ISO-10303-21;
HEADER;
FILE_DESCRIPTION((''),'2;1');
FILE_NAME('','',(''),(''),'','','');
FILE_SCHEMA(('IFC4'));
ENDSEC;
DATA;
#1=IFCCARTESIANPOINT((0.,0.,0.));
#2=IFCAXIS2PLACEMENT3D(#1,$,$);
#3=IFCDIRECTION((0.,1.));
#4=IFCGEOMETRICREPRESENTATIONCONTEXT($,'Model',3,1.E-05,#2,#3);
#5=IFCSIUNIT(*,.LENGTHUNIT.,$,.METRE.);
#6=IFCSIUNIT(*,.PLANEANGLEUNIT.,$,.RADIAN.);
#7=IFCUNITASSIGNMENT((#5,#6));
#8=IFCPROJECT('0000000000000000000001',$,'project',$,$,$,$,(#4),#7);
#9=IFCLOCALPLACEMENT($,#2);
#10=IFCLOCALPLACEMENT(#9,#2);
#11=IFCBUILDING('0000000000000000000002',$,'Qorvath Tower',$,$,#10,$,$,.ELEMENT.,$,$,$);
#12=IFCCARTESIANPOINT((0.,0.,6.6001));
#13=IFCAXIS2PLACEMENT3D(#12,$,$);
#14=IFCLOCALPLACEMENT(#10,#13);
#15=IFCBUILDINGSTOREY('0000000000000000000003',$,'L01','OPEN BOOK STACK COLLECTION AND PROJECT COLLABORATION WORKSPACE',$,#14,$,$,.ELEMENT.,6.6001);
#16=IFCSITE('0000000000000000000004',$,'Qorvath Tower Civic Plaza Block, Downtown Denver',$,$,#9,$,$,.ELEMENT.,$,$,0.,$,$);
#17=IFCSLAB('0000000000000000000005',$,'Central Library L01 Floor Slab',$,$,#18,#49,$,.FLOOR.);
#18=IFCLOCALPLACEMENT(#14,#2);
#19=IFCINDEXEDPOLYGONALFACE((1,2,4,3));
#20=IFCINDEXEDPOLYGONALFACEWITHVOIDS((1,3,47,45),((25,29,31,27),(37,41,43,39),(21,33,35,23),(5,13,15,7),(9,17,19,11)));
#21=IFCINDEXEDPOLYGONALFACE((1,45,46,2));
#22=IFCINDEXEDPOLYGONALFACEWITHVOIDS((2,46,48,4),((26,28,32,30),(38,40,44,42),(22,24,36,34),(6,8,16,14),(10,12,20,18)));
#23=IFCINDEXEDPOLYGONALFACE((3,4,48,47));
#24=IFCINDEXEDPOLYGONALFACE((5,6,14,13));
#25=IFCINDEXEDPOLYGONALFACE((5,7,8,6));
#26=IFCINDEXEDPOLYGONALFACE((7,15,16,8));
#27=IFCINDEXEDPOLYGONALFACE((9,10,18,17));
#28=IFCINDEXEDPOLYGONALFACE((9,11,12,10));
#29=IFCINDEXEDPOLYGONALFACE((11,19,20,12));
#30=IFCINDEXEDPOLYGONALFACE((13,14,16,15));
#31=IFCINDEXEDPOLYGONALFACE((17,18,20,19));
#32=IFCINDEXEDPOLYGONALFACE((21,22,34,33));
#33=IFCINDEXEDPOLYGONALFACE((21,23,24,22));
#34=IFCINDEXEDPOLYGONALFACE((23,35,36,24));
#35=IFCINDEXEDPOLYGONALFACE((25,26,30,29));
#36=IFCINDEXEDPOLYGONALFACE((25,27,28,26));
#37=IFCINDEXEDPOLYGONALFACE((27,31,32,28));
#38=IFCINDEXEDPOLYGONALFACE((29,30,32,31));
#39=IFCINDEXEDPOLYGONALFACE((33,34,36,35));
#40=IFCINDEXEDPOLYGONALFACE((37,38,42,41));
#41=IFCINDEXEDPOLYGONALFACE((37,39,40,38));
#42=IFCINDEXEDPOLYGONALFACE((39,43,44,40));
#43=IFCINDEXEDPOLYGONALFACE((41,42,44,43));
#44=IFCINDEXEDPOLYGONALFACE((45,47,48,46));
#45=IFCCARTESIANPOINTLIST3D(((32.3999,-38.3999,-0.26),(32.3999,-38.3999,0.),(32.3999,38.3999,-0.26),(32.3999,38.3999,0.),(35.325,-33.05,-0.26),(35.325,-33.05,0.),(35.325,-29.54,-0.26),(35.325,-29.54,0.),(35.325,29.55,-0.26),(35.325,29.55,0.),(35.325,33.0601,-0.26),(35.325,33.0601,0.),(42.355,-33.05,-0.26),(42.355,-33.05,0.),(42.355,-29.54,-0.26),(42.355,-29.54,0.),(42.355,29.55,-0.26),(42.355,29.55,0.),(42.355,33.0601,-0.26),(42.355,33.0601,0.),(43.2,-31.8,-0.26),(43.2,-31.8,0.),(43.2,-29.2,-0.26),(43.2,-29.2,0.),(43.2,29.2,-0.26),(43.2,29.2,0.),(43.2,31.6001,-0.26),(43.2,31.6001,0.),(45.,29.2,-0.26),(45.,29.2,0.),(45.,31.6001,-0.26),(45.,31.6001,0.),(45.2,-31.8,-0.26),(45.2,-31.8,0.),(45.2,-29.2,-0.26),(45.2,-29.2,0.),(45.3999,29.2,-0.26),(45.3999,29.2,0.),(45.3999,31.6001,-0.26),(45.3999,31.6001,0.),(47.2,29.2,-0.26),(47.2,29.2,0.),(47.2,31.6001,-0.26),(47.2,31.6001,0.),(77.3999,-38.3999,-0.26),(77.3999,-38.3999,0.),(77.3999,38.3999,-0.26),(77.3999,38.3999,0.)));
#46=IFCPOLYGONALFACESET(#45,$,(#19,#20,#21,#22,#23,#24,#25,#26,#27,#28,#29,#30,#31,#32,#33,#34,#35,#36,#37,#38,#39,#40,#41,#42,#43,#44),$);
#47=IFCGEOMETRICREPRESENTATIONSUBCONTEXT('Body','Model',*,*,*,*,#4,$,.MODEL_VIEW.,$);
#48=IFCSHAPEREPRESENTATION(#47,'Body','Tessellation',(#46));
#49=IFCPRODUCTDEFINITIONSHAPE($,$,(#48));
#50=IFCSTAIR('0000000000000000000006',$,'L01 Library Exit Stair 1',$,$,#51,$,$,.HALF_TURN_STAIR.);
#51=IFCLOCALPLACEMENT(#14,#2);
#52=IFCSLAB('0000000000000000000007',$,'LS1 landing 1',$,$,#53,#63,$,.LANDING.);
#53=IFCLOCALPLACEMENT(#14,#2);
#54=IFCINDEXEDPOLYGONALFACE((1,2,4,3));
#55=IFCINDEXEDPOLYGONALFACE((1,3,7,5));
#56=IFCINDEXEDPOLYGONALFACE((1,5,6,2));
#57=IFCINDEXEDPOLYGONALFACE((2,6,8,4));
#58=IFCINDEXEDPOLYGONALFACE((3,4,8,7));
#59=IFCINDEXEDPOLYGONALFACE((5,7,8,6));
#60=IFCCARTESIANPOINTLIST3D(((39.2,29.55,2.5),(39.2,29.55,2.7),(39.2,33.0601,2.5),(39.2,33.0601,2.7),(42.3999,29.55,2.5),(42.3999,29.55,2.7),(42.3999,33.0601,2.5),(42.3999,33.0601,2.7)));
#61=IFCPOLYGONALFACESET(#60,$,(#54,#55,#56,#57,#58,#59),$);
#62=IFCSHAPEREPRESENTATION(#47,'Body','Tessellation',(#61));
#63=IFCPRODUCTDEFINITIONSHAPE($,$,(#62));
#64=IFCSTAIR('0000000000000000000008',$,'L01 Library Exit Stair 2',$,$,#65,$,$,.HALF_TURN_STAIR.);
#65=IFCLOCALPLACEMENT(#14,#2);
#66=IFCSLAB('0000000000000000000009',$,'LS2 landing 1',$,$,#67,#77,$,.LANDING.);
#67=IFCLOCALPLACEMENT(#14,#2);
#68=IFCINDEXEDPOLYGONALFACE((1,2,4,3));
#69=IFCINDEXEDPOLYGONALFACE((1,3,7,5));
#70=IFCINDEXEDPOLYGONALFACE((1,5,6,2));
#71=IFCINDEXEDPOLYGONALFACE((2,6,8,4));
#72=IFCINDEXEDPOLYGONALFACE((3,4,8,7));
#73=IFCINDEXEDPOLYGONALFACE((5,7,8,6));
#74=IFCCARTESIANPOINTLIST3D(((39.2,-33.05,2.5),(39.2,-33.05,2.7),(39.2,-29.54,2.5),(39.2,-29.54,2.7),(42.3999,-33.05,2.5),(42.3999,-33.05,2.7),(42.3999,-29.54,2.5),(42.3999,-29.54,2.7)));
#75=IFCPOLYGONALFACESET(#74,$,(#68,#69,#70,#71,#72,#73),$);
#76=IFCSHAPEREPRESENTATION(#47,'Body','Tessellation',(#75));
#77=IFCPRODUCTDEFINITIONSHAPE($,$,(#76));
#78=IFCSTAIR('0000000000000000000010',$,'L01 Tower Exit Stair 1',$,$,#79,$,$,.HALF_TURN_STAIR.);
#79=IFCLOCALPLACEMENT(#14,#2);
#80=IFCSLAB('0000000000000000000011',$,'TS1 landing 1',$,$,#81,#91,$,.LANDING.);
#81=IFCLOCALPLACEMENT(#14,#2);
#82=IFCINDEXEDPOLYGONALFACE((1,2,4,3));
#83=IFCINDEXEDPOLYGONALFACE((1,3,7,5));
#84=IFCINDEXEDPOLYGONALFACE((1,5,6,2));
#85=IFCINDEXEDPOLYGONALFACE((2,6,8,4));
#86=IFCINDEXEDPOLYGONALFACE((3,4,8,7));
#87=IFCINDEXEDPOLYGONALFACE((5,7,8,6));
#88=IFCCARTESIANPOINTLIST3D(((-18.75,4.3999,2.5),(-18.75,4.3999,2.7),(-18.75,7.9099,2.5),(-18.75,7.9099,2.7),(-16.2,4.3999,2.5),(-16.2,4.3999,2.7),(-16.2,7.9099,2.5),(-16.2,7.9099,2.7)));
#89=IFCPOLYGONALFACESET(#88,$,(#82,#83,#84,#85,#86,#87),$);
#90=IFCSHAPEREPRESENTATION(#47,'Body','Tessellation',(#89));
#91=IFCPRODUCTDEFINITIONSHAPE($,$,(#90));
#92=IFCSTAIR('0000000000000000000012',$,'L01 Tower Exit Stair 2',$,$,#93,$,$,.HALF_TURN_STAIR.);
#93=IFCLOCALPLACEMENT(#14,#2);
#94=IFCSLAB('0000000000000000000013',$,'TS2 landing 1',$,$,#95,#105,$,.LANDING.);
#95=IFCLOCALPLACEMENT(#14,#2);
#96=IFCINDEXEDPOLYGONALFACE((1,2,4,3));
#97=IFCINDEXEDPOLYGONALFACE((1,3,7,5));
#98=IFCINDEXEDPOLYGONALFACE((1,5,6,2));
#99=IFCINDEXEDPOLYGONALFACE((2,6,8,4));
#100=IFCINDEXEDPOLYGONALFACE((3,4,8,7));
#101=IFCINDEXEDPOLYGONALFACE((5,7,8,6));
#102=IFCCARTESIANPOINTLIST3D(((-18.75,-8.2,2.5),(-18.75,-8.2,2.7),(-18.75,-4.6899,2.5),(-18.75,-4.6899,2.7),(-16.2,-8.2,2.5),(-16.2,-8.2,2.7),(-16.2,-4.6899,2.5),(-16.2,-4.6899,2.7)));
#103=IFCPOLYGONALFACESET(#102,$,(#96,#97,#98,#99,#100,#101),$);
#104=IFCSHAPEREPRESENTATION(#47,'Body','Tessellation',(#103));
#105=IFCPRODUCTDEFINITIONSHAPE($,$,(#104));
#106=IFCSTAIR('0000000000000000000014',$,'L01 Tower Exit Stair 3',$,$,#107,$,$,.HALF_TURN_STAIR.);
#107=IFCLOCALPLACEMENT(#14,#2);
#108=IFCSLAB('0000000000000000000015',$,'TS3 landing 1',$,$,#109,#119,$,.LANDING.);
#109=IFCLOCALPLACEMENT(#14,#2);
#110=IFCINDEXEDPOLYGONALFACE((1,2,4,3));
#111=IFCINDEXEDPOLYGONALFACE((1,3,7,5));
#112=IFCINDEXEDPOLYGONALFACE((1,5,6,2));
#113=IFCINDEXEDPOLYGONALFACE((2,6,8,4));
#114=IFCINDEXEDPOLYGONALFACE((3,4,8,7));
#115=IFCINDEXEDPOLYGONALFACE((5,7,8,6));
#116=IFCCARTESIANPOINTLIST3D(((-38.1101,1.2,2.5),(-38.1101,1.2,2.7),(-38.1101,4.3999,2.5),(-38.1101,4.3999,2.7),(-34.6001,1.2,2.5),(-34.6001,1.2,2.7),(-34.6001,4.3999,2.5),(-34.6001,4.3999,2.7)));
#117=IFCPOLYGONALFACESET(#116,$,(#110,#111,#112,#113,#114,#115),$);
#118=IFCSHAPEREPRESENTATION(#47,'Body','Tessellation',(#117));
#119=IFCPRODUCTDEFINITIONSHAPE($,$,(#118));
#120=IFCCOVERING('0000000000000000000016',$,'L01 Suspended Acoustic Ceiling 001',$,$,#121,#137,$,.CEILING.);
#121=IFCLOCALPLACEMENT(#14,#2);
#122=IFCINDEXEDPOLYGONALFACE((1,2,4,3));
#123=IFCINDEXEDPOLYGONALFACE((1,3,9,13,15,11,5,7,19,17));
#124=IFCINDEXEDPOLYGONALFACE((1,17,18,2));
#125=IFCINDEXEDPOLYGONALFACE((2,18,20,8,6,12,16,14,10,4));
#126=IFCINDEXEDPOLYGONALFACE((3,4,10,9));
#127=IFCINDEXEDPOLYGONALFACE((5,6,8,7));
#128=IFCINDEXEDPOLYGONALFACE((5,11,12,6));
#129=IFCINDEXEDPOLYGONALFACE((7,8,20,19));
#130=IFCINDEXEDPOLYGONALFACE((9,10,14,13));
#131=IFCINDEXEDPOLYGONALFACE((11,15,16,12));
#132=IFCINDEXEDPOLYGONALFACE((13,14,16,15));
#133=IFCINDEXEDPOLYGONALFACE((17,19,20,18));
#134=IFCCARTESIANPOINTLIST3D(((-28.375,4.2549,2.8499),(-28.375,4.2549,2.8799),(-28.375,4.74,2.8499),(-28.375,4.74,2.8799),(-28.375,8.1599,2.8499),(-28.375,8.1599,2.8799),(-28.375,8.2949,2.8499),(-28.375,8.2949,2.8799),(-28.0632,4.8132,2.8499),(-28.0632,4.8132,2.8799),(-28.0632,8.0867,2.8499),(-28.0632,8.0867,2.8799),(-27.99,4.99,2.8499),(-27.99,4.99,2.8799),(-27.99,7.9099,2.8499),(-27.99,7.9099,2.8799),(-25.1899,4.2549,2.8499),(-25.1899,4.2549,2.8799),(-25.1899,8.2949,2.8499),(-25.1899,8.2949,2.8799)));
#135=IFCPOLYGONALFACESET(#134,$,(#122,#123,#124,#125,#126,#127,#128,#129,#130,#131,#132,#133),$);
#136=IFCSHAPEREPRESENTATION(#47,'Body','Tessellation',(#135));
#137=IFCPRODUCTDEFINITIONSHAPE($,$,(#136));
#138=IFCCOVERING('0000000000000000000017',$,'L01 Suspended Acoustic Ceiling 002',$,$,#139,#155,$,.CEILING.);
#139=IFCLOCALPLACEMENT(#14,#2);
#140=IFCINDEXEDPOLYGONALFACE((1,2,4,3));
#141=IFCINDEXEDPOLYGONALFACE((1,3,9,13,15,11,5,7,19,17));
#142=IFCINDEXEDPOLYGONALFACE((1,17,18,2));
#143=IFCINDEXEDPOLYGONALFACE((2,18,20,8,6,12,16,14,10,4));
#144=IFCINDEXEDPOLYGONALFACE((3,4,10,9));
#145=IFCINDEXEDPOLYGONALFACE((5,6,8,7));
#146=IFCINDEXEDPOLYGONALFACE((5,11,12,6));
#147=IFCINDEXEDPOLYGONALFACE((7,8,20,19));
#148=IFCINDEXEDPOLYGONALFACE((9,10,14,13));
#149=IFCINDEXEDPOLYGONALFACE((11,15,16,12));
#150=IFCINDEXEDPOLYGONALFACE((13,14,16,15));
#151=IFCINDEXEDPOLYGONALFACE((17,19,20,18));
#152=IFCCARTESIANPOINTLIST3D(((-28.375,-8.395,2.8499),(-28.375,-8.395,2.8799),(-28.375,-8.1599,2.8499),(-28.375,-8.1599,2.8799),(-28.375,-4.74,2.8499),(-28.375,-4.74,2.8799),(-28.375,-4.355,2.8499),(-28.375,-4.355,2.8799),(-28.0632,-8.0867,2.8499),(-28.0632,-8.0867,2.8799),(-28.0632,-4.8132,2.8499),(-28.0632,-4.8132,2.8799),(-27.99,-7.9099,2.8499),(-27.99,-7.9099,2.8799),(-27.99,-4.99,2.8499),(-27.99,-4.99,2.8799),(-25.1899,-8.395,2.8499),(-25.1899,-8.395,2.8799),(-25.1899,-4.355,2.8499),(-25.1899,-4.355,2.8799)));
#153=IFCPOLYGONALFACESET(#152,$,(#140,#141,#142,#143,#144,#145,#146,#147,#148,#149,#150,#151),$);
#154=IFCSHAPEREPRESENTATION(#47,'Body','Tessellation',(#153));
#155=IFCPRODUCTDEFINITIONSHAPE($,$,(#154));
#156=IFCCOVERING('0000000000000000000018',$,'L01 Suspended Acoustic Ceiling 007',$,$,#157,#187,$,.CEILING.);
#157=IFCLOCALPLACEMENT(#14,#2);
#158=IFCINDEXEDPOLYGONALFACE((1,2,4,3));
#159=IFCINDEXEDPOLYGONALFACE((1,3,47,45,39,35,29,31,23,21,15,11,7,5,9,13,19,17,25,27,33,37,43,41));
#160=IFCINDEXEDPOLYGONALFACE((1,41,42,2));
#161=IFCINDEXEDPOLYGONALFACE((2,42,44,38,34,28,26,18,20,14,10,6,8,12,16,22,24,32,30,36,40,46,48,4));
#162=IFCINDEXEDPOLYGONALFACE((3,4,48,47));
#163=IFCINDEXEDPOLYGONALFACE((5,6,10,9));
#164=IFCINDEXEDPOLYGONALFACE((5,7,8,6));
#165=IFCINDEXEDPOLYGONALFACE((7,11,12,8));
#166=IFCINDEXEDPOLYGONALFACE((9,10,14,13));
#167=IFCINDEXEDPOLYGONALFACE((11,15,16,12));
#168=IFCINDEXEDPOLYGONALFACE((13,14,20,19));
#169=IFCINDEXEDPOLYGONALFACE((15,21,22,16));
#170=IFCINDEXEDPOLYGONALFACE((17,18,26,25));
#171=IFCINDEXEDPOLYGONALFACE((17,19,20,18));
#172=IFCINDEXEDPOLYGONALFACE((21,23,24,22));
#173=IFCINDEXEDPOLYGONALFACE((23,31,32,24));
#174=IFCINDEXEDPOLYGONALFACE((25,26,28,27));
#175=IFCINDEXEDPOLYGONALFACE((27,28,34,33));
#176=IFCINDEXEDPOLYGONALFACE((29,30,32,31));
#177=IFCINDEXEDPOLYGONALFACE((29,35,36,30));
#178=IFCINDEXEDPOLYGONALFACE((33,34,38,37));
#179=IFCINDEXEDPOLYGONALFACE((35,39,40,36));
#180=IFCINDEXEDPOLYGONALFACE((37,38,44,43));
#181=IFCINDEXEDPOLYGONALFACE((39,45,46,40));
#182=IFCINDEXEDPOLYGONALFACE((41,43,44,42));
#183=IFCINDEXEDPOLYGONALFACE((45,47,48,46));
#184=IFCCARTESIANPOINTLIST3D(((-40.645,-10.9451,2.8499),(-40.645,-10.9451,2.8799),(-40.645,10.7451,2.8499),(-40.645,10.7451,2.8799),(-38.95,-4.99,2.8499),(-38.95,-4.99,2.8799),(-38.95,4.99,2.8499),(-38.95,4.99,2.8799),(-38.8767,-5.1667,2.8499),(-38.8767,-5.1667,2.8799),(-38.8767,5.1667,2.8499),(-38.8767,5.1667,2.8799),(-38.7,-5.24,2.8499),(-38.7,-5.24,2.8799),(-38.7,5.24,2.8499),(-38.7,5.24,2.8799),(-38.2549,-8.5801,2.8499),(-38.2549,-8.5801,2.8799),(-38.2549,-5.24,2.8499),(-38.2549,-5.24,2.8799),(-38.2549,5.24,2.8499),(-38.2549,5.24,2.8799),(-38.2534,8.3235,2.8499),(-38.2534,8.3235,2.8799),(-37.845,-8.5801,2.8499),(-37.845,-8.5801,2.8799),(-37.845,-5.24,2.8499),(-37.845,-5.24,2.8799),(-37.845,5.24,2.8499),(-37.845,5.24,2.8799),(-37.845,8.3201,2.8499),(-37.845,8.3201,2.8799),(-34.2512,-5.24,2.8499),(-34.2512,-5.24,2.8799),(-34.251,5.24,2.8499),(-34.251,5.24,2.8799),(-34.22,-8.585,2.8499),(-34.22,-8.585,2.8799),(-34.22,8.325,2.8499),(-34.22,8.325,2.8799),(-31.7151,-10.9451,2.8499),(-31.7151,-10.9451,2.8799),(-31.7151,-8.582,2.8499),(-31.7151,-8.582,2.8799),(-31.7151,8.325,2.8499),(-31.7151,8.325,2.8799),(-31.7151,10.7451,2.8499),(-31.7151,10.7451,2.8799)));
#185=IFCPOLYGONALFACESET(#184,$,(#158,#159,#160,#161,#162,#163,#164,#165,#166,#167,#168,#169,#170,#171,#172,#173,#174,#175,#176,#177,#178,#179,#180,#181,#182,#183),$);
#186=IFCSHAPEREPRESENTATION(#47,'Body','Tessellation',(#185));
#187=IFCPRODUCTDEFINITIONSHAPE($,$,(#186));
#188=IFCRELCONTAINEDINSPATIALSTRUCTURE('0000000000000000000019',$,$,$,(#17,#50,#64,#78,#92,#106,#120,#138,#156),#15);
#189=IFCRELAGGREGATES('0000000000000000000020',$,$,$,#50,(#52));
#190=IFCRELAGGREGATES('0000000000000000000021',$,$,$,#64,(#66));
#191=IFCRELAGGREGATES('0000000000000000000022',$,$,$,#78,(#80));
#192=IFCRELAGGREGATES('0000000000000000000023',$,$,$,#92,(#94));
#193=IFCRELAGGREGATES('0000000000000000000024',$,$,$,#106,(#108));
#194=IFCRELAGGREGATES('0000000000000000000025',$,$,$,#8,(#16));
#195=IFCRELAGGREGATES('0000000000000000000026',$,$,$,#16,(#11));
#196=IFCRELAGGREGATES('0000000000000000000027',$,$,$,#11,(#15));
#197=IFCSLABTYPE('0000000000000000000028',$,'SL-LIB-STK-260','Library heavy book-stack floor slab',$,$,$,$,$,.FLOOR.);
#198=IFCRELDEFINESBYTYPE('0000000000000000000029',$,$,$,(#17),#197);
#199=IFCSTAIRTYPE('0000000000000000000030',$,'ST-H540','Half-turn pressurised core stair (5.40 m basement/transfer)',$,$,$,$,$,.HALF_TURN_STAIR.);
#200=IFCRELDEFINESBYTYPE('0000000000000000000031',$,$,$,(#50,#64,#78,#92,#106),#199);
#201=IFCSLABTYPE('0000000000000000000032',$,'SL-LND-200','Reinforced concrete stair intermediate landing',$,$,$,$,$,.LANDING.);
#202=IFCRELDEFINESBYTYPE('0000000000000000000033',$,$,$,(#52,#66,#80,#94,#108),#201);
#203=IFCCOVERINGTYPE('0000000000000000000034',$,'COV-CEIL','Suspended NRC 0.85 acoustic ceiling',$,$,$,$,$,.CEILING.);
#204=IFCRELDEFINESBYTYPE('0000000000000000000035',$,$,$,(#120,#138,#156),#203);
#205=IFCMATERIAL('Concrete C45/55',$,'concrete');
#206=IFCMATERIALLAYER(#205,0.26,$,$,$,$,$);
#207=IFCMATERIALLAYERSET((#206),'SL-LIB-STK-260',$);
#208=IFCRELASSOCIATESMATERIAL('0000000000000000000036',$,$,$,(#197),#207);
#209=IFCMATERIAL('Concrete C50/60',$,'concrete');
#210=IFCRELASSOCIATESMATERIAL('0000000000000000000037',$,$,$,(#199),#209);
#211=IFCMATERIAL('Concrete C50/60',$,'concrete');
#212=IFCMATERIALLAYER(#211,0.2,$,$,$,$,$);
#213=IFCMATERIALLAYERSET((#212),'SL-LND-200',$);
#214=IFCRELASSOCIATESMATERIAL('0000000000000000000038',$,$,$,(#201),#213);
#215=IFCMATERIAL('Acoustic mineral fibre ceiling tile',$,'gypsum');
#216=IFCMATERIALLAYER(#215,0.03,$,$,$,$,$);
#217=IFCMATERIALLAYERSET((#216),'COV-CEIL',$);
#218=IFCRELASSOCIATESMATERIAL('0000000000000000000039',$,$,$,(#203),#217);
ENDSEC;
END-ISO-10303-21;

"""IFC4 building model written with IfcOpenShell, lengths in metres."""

from ifc_helpers import new_model, si_unit, direction, frame, origin, place, context, subcontext, project, spatial, polyline, outline, extrude, material, layer, layer_set, type_object, element, aggregate, save


model = new_model("IFC4")

# Units and contexts
model_context = context("Model", 3, precision=1e-05, world=origin(), true_north=direction((0.0, 1.0)))
body_context = subcontext(model_context, "Body", "Model", "MODEL_VIEW")
ifc_project = project(units=[si_unit("LENGTHUNIT", "METRE"), si_unit("PLANEANGLEUNIT", "RADIAN")], contexts=[model_context])

# Site, building, storey
site_placement = place(None, origin())
site = spatial("IfcSite", under=ifc_project, at=site_placement, Name="Qorvath Tower Civic Plaza Block, Downtown Denver", CompositionType="ELEMENT", RefElevation=0.0)
building_placement = place(site_placement, origin())
building = spatial("IfcBuilding", under=site, at=building_placement, Name="Qorvath Tower", CompositionType="ELEMENT")
storey_placement = place(building_placement, frame((0.0, 0.0, 6.6001)))
storey = spatial("IfcBuildingStorey", under=building, at=storey_placement, Name="L01", Description="OPEN BOOK STACK COLLECTION AND PROJECT COLLABORATION WORKSPACE", CompositionType="ELEMENT", Elevation=6.6001)

# Slab
ifc_material_1 = material(Name="Concrete C45/55", Category="concrete")
ifc_layer_1 = layer(ifc_material_1, 0.26)
ifc_layer_set_1 = layer_set([ifc_layer_1], Name="SL-LIB-STK-260")
slab_type_1 = type_object("IfcSlabType", Name="SL-LIB-STK-260", Description="Library heavy book-stack floor slab", PredefinedType="FLOOR", material=ifc_layer_set_1)
slab_1_placement = place(storey_placement, frame((0.0, 0.0, -0.26)))
element("IfcSlab", 1, at=slab_1_placement, inside=storey, type_object=slab_type_1, Name="Central Library L01 Floor Slab", PredefinedType="FLOOR", context=body_context, shape_type="SweptSolid", body=[
    extrude(outline(polyline([(77.3999, -38.3999), (77.3999, 38.3999), (32.3999, 38.3999), (32.3999, -38.3999), (77.3999, -38.3999)]), holes=[polyline([(47.2, 29.2), (45.3999, 29.2), (45.3999, 31.6001), (47.2, 31.6001), (47.2, 29.2)]), polyline([(45.2, -29.2), (45.2, -31.8), (43.2, -31.8), (43.2, -29.2), (45.2, -29.2)]), polyline([(45.0, 31.6001), (45.0, 29.2), (43.2, 29.2), (43.2, 31.6001), (45.0, 31.6001)]), polyline([(42.355, -29.54), (42.355, -33.05), (35.325, -33.05), (35.325, -29.54), (42.355, -29.54)]), polyline([(42.355, 29.55), (35.325, 29.55), (35.325, 33.0601), (42.355, 33.0601), (42.355, 29.55)])]), origin(), (0.0, 0.0, 1.0), 0.26),
])

# Stairs, slabs
ifc_material_2 = material(Name="Concrete C50/60", Category="concrete")
stair_type = type_object("IfcStairType", Name="ST-H540", Description="Half-turn pressurised core stair (5.40 m basement/transfer)", PredefinedType="HALF_TURN_STAIR", material=ifc_material_2)
stair_1_placement = place(storey_placement, origin())
stair_1 = element("IfcStair", 2, at=stair_1_placement, inside=storey, type_object=stair_type, Name="L01 Library Exit Stair 1", PredefinedType="HALF_TURN_STAIR")
ifc_material_3 = material(Name="Concrete C50/60", Category="concrete")
ifc_layer_2 = layer(ifc_material_3, 0.2)
ifc_layer_set_2 = layer_set([ifc_layer_2], Name="SL-LND-200")
slab_type_2 = type_object("IfcSlabType", Name="SL-LND-200", Description="Reinforced concrete stair intermediate landing", PredefinedType="LANDING", material=ifc_layer_set_2)
slab_2_placement = place(storey_placement, frame((0.0, 0.0, 2.5)))
slab_2 = element("IfcSlab", 3, at=slab_2_placement, type_object=slab_type_2, Name="LS1 landing 1", PredefinedType="LANDING", context=body_context, shape_type="SweptSolid", body=[
    extrude(outline(polyline([(39.2, 29.55), (42.3999, 29.55), (42.3999, 33.0601), (39.2, 33.0601), (39.2, 29.55)])), origin(), (0.0, 0.0, 1.0), 0.2),
])
aggregate(stair_1, [slab_2])
stair_2_placement = place(storey_placement, origin())
stair_2 = element("IfcStair", 4, at=stair_2_placement, inside=storey, type_object=stair_type, Name="L01 Library Exit Stair 2", PredefinedType="HALF_TURN_STAIR")
slab_3_placement = place(storey_placement, frame((0.0, 0.0, 2.5)))
slab_3 = element("IfcSlab", 5, at=slab_3_placement, type_object=slab_type_2, Name="LS2 landing 1", PredefinedType="LANDING", context=body_context, shape_type="SweptSolid", body=[
    extrude(outline(polyline([(39.2, -33.05), (42.3999, -33.05), (42.3999, -29.54), (39.2, -29.54), (39.2, -33.05)])), origin(), (0.0, 0.0, 1.0), 0.2),
])
aggregate(stair_2, [slab_3])
stair_3_placement = place(storey_placement, origin())
stair_3 = element("IfcStair", 6, at=stair_3_placement, inside=storey, type_object=stair_type, Name="L01 Tower Exit Stair 1", PredefinedType="HALF_TURN_STAIR")
slab_4_placement = place(storey_placement, frame((0.0, 0.0, 2.5)))
slab_4 = element("IfcSlab", 7, at=slab_4_placement, type_object=slab_type_2, Name="TS1 landing 1", PredefinedType="LANDING", context=body_context, shape_type="SweptSolid", body=[
    extrude(outline(polyline([(-18.75, 4.3999), (-16.2, 4.3999), (-16.2, 7.9099), (-18.75, 7.9099), (-18.75, 4.3999)])), origin(), (0.0, 0.0, 1.0), 0.2),
])
aggregate(stair_3, [slab_4])
stair_4_placement = place(storey_placement, origin())
stair_4 = element("IfcStair", 8, at=stair_4_placement, inside=storey, type_object=stair_type, Name="L01 Tower Exit Stair 2", PredefinedType="HALF_TURN_STAIR")
slab_5_placement = place(storey_placement, frame((0.0, 0.0, 2.5)))
slab_5 = element("IfcSlab", 9, at=slab_5_placement, type_object=slab_type_2, Name="TS2 landing 1", PredefinedType="LANDING", context=body_context, shape_type="SweptSolid", body=[
    extrude(outline(polyline([(-18.75, -8.2), (-16.2, -8.2), (-16.2, -4.6899), (-18.75, -4.6899), (-18.75, -8.2)])), origin(), (0.0, 0.0, 1.0), 0.2),
])
aggregate(stair_4, [slab_5])
stair_5_placement = place(storey_placement, origin())
stair_5 = element("IfcStair", 10, at=stair_5_placement, inside=storey, type_object=stair_type, Name="L01 Tower Exit Stair 3", PredefinedType="HALF_TURN_STAIR")
slab_6_placement = place(storey_placement, frame((0.0, 0.0, 2.5)))
slab_6 = element("IfcSlab", 11, at=slab_6_placement, type_object=slab_type_2, Name="TS3 landing 1", PredefinedType="LANDING", context=body_context, shape_type="SweptSolid", body=[
    extrude(outline(polyline([(-34.6001, 1.2), (-34.6001, 4.3999), (-38.1101, 4.3999), (-38.1101, 1.2), (-34.6001, 1.2)])), origin(), (0.0, 0.0, 1.0), 0.2),
])
aggregate(stair_5, [slab_6])

# Coverings
ifc_material_4 = material(Name="Acoustic mineral fibre ceiling tile", Category="gypsum")
ifc_layer_3 = layer(ifc_material_4, 0.03)
ifc_layer_set_3 = layer_set([ifc_layer_3], Name="COV-CEIL")
covering_type_1 = type_object("IfcCoveringType", Name="COV-CEIL", Description="Suspended NRC 0.85 acoustic ceiling", PredefinedType="CEILING", material=ifc_layer_set_3)
covering_1_placement = place(storey_placement, frame((0.0, 0.0, 2.8499)))
element("IfcCovering", 12, at=covering_1_placement, inside=storey, type_object=covering_type_1, Name="L01 Suspended Acoustic Ceiling 001", PredefinedType="CEILING", context=body_context, shape_type="SweptSolid", body=[
    extrude(outline(polyline([(-25.1899, 4.2549), (-25.1899, 8.2949), (-28.375, 8.2949), (-28.375, 8.1599), (-28.0632, 8.0867), (-27.99, 7.9099), (-27.99, 4.99), (-28.0632, 4.8132), (-28.375, 4.74), (-28.375, 4.2549), (-25.1899, 4.2549)])), origin(), (0.0, 0.0, 1.0), 0.03),
])
covering_2_placement = place(storey_placement, frame((0.0, 0.0, 2.8499)))
element("IfcCovering", 13, at=covering_2_placement, inside=storey, type_object=covering_type_1, Name="L01 Suspended Acoustic Ceiling 002", PredefinedType="CEILING", context=body_context, shape_type="SweptSolid", body=[
    extrude(outline(polyline([(-25.1899, -8.395), (-25.1899, -4.355), (-28.375, -4.355), (-28.375, -4.74), (-28.0632, -4.8132), (-27.99, -4.99), (-27.99, -7.9099), (-28.0632, -8.0867), (-28.375, -8.1599), (-28.375, -8.395), (-25.1899, -8.395)])), origin(), (0.0, 0.0, 1.0), 0.03),
])
covering_3_placement = place(storey_placement, frame((0.0, 0.0, 2.8499)))
element("IfcCovering", 14, at=covering_3_placement, inside=storey, type_object=covering_type_1, Name="L01 Suspended Acoustic Ceiling 007", PredefinedType="CEILING", context=body_context, shape_type="SweptSolid", body=[
    extrude(outline(polyline([(-31.7151, -10.9451), (-31.7151, -8.582), (-34.22, -8.585), (-34.2512, -5.24), (-37.845, -5.24), (-37.845, -8.5801), (-38.2549, -8.5801), (-38.2549, -5.24), (-38.7, -5.24), (-38.8767, -5.1667), (-38.95, -4.99), (-38.95, 4.99), (-38.8767, 5.1667), (-38.7, 5.24), (-38.2549, 5.24), (-38.2534, 8.3235), (-37.845, 8.3201), (-37.845, 5.24), (-34.251, 5.24), (-34.22, 8.325), (-31.7151, 8.325), (-31.7151, 10.7451), (-40.645, 10.7451), (-40.645, -10.9451), (-31.7151, -10.9451)])), origin(), (0.0, 0.0, 1.0), 0.03),
])

save(model, "model.ifc")
